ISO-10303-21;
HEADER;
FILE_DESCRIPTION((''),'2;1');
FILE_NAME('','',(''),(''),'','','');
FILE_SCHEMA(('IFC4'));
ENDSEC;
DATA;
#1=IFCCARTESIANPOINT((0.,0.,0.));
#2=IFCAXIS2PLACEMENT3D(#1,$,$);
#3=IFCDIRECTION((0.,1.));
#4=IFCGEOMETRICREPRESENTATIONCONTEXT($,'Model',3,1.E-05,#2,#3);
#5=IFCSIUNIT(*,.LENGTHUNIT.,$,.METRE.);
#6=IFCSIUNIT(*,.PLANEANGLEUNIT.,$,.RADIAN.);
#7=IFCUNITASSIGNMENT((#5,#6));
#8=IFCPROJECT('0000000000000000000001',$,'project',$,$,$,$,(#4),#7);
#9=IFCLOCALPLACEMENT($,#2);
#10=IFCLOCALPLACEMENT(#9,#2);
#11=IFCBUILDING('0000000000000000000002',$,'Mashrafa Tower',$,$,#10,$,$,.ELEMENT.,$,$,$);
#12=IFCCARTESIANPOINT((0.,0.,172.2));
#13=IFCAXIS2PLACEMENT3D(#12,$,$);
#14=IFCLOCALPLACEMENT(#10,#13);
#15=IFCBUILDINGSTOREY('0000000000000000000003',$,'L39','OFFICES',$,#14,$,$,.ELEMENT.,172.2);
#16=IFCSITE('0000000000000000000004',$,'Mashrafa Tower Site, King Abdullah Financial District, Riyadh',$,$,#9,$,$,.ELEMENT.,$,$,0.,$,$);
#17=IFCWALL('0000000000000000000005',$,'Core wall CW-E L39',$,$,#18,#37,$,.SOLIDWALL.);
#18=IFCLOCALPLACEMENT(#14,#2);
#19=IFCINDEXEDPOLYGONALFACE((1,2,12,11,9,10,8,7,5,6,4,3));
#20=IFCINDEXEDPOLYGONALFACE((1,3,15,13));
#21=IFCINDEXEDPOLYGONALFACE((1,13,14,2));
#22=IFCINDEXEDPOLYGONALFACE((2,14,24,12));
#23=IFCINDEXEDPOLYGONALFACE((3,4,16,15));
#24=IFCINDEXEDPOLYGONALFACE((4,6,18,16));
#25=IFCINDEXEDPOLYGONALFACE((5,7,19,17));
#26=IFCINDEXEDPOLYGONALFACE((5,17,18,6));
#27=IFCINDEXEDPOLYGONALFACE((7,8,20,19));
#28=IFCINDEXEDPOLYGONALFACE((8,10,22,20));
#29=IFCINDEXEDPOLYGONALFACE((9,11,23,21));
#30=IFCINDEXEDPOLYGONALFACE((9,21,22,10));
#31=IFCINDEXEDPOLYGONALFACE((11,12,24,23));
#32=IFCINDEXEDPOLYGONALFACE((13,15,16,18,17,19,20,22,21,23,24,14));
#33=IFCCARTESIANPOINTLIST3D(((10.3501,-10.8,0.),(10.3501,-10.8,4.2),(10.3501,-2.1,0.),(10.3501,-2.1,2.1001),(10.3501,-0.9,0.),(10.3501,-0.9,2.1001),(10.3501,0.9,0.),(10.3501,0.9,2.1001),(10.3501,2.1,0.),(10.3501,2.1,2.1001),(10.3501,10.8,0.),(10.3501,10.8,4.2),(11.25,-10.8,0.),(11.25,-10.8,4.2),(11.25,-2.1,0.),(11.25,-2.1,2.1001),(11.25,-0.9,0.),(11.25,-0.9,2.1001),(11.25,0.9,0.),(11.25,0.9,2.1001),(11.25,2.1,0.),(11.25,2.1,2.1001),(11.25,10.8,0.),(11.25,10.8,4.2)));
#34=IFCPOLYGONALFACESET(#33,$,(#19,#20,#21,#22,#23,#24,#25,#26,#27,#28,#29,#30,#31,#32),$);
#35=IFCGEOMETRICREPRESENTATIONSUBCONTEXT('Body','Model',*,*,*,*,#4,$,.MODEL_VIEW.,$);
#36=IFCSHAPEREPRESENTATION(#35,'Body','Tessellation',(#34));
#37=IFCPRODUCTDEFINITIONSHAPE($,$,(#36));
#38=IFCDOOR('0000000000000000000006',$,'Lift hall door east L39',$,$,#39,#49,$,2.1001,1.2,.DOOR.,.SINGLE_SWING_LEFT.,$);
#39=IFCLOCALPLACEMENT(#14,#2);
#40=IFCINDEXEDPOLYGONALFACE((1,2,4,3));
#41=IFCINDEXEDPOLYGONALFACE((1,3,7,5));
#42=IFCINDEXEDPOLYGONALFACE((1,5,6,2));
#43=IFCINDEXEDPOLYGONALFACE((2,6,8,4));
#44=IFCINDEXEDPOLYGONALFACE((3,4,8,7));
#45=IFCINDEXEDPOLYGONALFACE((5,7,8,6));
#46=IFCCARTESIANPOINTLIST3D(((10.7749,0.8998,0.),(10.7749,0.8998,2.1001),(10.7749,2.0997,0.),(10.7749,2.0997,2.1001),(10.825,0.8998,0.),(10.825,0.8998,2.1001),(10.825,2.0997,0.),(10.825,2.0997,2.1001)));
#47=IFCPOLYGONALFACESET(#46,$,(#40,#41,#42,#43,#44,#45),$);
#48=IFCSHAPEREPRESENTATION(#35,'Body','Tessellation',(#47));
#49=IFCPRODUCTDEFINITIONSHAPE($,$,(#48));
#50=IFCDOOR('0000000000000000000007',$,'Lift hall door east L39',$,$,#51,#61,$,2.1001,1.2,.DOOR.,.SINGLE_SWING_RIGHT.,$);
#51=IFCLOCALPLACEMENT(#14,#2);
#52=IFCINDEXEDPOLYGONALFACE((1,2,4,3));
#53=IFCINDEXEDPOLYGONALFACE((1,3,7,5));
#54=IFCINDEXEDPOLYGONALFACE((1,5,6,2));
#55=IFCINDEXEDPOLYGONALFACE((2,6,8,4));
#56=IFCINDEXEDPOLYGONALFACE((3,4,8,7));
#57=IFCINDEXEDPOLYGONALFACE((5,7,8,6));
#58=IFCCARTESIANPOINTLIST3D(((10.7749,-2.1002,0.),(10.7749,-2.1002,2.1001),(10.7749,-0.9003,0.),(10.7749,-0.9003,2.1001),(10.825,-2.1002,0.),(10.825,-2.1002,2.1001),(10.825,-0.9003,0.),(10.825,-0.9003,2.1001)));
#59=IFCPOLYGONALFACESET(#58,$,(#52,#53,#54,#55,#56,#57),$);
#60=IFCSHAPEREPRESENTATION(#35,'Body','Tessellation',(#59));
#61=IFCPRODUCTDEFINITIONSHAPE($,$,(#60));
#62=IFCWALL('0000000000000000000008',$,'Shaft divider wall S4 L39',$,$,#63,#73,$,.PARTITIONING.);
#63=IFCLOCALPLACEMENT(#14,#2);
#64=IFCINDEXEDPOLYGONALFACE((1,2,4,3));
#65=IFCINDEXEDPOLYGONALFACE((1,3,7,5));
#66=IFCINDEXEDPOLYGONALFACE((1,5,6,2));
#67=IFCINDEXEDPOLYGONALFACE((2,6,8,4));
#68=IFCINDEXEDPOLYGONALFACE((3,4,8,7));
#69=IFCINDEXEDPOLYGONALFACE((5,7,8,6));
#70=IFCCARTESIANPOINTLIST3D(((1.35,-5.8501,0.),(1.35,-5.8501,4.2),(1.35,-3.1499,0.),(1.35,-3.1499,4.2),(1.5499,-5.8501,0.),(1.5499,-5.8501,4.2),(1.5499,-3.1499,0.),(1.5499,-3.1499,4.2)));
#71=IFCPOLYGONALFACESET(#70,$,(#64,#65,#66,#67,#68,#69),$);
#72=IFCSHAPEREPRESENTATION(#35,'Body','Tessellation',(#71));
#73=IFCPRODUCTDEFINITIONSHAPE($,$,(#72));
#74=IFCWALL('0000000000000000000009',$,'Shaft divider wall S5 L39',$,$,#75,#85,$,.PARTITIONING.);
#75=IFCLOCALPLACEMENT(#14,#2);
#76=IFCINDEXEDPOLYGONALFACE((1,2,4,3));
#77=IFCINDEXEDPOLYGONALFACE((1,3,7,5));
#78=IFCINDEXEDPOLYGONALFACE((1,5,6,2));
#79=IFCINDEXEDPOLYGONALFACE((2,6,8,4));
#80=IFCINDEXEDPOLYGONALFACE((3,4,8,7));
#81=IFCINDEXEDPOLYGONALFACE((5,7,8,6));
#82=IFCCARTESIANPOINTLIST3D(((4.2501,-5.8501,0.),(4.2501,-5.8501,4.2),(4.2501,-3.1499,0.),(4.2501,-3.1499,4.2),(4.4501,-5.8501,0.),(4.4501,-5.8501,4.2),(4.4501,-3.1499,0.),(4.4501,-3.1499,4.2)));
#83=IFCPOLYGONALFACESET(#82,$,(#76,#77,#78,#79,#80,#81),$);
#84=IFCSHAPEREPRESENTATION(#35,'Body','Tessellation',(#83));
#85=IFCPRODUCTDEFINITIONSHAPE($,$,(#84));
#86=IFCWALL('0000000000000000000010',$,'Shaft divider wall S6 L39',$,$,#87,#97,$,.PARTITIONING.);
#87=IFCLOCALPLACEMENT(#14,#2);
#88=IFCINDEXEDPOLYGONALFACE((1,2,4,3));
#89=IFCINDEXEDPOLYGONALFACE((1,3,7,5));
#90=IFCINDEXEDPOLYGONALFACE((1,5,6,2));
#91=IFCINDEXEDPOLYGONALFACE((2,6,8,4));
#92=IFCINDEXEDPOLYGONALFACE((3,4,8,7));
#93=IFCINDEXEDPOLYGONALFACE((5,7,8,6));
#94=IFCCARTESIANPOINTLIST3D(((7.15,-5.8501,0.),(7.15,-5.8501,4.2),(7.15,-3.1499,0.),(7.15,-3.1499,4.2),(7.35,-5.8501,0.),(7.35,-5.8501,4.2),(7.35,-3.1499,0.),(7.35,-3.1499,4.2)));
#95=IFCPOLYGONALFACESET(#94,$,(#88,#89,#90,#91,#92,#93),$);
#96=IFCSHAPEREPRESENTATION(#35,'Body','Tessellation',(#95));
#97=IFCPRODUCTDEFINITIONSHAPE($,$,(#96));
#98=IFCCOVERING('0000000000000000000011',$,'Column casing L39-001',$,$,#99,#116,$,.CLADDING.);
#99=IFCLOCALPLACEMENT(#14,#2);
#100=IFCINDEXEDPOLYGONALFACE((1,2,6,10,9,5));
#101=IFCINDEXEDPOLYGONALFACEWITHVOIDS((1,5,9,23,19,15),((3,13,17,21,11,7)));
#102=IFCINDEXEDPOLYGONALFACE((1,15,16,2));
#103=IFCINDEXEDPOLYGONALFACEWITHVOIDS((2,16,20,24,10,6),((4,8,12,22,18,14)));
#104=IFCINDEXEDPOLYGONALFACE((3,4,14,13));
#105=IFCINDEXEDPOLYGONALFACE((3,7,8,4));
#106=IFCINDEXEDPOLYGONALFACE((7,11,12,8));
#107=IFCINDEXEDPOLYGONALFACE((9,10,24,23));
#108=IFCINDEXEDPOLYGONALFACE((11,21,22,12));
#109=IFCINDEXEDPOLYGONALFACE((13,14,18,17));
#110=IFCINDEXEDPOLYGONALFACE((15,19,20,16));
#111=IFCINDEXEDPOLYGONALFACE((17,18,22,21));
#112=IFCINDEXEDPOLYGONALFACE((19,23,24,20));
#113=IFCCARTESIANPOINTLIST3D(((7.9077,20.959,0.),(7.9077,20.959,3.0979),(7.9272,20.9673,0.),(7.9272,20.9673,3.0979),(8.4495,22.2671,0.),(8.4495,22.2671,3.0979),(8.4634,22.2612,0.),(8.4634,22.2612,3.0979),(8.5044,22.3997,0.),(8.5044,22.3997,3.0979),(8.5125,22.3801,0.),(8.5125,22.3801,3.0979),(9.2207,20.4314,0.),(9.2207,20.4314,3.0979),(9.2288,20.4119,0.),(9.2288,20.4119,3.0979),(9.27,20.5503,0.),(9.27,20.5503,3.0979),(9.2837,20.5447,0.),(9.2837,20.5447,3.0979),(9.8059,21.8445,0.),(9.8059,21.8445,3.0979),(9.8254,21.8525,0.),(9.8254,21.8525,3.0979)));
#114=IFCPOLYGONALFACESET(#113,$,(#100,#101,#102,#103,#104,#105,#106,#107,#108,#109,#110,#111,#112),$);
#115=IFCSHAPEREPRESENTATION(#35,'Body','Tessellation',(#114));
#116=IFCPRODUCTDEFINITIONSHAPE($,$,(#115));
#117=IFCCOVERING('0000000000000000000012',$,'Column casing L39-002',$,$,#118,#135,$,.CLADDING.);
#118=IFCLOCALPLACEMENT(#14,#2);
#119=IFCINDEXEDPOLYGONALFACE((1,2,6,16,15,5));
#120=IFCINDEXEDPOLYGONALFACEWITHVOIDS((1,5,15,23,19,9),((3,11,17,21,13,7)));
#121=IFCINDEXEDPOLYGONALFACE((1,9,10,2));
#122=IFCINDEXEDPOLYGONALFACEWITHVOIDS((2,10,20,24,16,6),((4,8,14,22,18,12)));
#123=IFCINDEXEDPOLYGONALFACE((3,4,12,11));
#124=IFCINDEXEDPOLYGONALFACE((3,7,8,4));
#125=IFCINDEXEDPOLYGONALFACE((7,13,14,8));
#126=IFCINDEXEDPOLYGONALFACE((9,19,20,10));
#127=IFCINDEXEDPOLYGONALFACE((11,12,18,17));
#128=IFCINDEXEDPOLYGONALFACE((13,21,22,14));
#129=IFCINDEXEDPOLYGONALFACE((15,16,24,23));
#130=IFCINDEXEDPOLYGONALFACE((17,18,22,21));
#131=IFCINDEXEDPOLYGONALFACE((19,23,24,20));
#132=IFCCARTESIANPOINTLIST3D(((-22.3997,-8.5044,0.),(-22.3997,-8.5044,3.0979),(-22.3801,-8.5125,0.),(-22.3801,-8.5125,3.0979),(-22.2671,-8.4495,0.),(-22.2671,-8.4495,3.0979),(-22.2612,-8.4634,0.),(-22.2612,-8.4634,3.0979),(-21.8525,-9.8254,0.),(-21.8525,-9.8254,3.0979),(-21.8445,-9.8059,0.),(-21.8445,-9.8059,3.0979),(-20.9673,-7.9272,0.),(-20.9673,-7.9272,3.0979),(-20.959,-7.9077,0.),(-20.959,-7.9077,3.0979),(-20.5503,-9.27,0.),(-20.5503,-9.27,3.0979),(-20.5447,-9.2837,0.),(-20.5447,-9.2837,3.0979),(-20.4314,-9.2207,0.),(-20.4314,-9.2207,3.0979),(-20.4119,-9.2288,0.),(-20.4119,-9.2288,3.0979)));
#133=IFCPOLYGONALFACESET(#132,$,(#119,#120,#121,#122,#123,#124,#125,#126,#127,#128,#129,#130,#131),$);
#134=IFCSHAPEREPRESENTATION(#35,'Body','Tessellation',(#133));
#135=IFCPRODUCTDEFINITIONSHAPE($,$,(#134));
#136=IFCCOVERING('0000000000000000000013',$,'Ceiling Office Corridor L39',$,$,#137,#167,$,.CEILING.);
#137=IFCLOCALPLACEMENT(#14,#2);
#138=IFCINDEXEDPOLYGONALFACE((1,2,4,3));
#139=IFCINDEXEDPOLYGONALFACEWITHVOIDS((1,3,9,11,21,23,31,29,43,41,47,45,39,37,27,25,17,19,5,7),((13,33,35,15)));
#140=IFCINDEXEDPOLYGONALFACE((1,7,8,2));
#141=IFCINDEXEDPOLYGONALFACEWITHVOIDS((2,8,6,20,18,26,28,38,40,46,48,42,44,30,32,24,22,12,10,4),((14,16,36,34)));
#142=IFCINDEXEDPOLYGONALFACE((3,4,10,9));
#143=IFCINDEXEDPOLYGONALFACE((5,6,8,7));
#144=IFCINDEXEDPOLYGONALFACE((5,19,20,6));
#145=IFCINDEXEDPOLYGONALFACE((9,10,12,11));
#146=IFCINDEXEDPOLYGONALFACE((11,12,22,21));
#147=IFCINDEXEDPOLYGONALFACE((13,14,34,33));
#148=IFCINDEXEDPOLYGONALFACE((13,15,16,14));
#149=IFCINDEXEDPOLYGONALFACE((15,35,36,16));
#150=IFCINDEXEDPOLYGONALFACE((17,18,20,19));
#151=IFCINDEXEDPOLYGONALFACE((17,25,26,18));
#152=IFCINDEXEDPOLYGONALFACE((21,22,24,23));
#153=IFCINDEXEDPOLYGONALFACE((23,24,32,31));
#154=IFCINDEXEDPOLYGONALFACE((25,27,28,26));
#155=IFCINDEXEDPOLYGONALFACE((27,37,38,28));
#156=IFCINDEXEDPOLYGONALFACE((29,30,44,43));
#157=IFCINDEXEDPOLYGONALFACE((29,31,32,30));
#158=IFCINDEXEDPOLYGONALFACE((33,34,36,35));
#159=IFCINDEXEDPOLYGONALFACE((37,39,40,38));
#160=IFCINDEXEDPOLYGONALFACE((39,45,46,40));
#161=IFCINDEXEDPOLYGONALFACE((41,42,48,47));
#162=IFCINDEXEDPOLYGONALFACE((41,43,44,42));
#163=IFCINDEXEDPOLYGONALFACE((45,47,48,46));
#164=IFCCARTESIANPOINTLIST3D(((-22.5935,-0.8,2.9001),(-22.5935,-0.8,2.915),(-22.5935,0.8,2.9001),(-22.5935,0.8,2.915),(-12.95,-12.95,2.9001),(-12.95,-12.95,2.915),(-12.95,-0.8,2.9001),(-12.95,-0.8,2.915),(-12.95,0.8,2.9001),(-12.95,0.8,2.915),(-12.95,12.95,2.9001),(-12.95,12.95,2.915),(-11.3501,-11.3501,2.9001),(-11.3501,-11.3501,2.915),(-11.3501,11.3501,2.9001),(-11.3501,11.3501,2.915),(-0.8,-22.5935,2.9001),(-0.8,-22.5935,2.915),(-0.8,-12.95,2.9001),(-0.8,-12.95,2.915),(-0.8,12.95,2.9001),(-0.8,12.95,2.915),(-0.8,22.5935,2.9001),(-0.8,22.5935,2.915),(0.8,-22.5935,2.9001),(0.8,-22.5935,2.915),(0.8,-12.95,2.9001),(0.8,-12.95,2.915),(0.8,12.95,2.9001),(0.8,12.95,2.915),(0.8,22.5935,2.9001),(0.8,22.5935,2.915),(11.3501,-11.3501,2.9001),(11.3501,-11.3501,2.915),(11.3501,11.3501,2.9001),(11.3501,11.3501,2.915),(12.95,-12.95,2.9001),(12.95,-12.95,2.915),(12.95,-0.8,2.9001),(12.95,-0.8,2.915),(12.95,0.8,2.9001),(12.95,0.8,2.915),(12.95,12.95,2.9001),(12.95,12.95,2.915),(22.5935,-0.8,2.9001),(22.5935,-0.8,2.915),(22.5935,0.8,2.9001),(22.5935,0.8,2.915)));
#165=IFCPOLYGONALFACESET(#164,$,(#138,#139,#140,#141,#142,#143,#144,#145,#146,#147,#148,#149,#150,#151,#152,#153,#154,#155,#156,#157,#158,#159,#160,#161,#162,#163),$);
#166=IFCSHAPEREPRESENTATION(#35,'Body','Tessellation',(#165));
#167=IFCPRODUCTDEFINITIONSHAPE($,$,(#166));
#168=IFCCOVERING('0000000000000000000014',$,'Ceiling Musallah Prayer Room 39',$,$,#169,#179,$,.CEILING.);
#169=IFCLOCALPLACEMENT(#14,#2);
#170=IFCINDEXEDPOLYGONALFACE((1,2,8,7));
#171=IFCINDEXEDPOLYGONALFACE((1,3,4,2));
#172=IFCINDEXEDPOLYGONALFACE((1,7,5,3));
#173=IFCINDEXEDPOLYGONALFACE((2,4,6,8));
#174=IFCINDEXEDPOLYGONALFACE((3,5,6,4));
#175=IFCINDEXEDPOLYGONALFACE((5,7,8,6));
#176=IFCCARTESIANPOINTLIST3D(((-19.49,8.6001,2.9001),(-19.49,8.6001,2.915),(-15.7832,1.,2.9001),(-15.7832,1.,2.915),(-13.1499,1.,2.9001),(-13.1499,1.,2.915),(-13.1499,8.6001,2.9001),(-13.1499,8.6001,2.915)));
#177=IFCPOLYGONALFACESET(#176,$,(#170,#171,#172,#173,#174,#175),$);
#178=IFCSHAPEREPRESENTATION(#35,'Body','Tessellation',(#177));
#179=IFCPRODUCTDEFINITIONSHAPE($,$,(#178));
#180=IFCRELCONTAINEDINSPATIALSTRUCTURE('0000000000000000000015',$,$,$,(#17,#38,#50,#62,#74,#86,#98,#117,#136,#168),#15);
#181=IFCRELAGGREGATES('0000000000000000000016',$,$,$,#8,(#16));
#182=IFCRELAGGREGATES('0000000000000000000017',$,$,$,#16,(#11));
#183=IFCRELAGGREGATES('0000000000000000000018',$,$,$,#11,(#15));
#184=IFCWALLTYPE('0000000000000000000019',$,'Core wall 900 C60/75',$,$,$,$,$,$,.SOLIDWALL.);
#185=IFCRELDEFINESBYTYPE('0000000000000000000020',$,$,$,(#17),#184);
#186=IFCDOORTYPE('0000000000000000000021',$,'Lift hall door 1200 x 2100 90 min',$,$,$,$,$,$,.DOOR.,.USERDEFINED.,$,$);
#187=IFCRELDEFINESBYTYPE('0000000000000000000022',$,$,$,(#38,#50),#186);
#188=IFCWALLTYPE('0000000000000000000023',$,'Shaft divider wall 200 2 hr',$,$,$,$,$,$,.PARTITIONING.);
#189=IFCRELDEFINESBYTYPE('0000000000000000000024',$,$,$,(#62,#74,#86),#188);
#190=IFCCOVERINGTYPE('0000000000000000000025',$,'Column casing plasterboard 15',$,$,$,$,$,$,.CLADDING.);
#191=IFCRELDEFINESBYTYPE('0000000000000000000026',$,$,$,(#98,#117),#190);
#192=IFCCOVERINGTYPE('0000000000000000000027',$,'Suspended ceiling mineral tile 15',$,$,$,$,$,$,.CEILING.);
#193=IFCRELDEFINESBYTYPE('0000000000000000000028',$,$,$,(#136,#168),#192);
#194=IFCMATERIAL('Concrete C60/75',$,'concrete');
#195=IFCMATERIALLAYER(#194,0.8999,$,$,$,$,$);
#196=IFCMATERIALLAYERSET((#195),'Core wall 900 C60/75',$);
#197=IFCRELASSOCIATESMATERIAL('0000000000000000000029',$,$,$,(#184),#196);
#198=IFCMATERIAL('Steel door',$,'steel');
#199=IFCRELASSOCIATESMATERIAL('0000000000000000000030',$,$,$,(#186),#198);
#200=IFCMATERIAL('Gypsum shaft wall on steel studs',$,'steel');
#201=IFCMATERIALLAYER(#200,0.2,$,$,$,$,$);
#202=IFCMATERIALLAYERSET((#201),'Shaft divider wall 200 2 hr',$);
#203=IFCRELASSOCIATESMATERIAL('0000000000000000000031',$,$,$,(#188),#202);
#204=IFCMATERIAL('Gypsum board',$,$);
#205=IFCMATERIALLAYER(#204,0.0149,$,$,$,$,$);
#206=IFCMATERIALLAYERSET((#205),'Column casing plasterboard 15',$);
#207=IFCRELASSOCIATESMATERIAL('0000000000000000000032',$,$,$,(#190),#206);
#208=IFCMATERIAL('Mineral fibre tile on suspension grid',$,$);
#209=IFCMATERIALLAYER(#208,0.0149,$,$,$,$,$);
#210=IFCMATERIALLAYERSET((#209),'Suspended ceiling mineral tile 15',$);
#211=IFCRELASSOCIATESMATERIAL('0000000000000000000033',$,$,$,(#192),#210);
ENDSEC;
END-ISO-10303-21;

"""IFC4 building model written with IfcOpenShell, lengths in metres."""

from ifc_helpers import new_model, si_unit, direction, frame, frame_2d, origin, place, context, subcontext, project, spatial, polyline, rectangle, outline, extrude, material, layer, layer_set, type_object, element, fill, save


model = new_model("IFC4")

# Units and contexts
model_context = context("Model", 3, precision=1e-05, world=origin(), true_north=direction((0.0, 1.0)))
body_context = subcontext(model_context, "Body", "Model", "MODEL_VIEW")
ifc_project = project(units=[si_unit("LENGTHUNIT", "METRE"), si_unit("PLANEANGLEUNIT", "RADIAN")], contexts=[model_context])

# Site, building, storey
site_placement = place(None, origin())
site = spatial("IfcSite", under=ifc_project, at=site_placement, Name="Mashrafa Tower Site, King Abdullah Financial District, Riyadh", CompositionType="ELEMENT", RefElevation=0.0)
building_placement = place(site_placement, origin())
building = spatial("IfcBuilding", under=site, at=building_placement, Name="Mashrafa Tower", CompositionType="ELEMENT")
storey_placement = place(building_placement, frame((0.0, 0.0, 172.2)))
storey = spatial("IfcBuildingStorey", under=building, at=storey_placement, Name="L39", Description="OFFICES", CompositionType="ELEMENT", Elevation=172.2)

# Wall, openings, doors
ifc_material_1 = material(Name="Concrete C60/75", Category="concrete")
ifc_layer_1 = layer(ifc_material_1, 0.8999)
ifc_layer_set_1 = layer_set([ifc_layer_1], Name="Core wall 900 C60/75")
wall_type_1 = type_object("IfcWallType", Name="Core wall 900 C60/75", PredefinedType="SOLIDWALL", material=ifc_layer_set_1)
wall_1_placement = place(storey_placement, frame((10.8, -10.8, 0.0), z_axis=(0.0, 0.0, 1.0), x_axis=(0.0, 1.0, 0.0)))
wall_1 = element("IfcWall", 1, at=wall_1_placement, inside=storey, type_object=wall_type_1, Name="Core wall CW-E L39", PredefinedType="SOLIDWALL", context=body_context, shape_type="SweptSolid", body=[
    extrude(rectangle(XDim=21.6001, YDim=0.8999, at=frame_2d((10.8, 0.0))), origin(), (0.0, 0.0, 1.0), 4.2),
])
opening_1_placement = place(wall_1_placement, frame((11.7, 0.0, 0.0)))
opening_1 = element("IfcOpeningElement", 2, at=opening_1_placement, cuts=wall_1, PredefinedType="OPENING", context=body_context, shape_type="SweptSolid", body=[
    extrude(rectangle(XDim=1.2, YDim=2.1001, at=frame_2d((0.6001, 1.05))), frame((0.0, 0.46, 0.0), z_axis=(0.0, -1.0, 0.0), x_axis=(1.0, 0.0, 0.0)), (0.0, 0.0, 1.0), 0.9199),
])
opening_2_placement = place(wall_1_placement, frame((8.7, 0.0, 0.0)))
opening_2 = element("IfcOpeningElement", 3, at=opening_2_placement, cuts=wall_1, PredefinedType="OPENING", context=body_context, shape_type="SweptSolid", body=[
    extrude(rectangle(XDim=1.2, YDim=2.1001, at=frame_2d((0.6001, 1.05))), frame((0.0, 0.46, 0.0), z_axis=(0.0, -1.0, 0.0), x_axis=(1.0, 0.0, 0.0)), (0.0, 0.0, 1.0), 0.9199),
])
ifc_material_2 = material(Name="Steel door", Category="steel")
door_type_1 = type_object("IfcDoorType", Name="Lift hall door 1200 x 2100 90 min", OperationType="USERDEFINED", PredefinedType="DOOR", material=ifc_material_2)
door_1_placement = place(opening_1_placement, frame((1.2, 0.0, 0.0), z_axis=(0.0, 0.0, 1.0), x_axis=(-1.0, 0.0, 0.0)))
door_1 = element("IfcDoor", 4, at=door_1_placement, inside=storey, type_object=door_type_1, Name="Lift hall door east L39", OperationType="SINGLE_SWING_LEFT", OverallHeight=2.1001, OverallWidth=1.2, PredefinedType="DOOR", context=body_context, shape_type="SweptSolid", body=[
    extrude(rectangle(XDim=1.2, YDim=2.1001, at=frame_2d((0.6001, 1.05))), frame((0.0, 0.0249, 0.0), z_axis=(0.0, -1.0, 0.0), x_axis=(1.0, 0.0, 0.0)), (0.0, 0.0, 1.0), 0.05),
])
fill(opening_1, door_1)
door_2_placement = place(opening_2_placement, frame((1.2, 0.0, 0.0), z_axis=(0.0, 0.0, 1.0), x_axis=(-1.0, 0.0, 0.0)))
door_2 = element("IfcDoor", 5, at=door_2_placement, inside=storey, type_object=door_type_1, Name="Lift hall door east L39", OperationType="SINGLE_SWING_RIGHT", OverallHeight=2.1001, OverallWidth=1.2, PredefinedType="DOOR", context=body_context, shape_type="SweptSolid", body=[
    extrude(rectangle(XDim=1.2, YDim=2.1001, at=frame_2d((0.6001, 1.05))), frame((0.0, 0.0249, 0.0), z_axis=(0.0, -1.0, 0.0), x_axis=(1.0, 0.0, 0.0)), (0.0, 0.0, 1.0), 0.05),
])
fill(opening_2, door_2)

# Walls
ifc_material_3 = material(Name="Gypsum shaft wall on steel studs", Category="steel")
ifc_layer_2 = layer(ifc_material_3, 0.2)
ifc_layer_set_2 = layer_set([ifc_layer_2], Name="Shaft divider wall 200 2 hr")
wall_type_2 = type_object("IfcWallType", Name="Shaft divider wall 200 2 hr", PredefinedType="PARTITIONING", material=ifc_layer_set_2)
for number, where, z_axis, x_axis, name in (
    (6, (1.45, -5.8501, 0.0), (0.0, 0.0, 1.0), (0.0, 1.0, 0.0), "Shaft divider wall S4 L39"),
    (7, (4.3501, -5.8501, 0.0), (0.0, 0.0, 1.0), (0.0, 1.0, 0.0), "Shaft divider wall S5 L39"),
    (8, (7.25, -5.8501, 0.0), (0.0, 0.0, 1.0), (0.0, 1.0, 0.0), "Shaft divider wall S6 L39"),
):
    element("IfcWall", number, at=place(storey_placement, frame(where, z_axis=z_axis, x_axis=x_axis)), inside=storey, type_object=wall_type_2, Name=name, PredefinedType="PARTITIONING", context=body_context, shape_type="SweptSolid", body=[
        extrude(rectangle(XDim=2.7002, YDim=0.2, at=frame_2d((1.3501, 0.0))), origin(), (0.0, 0.0, 1.0), 4.2),
    ])

# Coverings
ifc_material_4 = material(Name="Gypsum board")
ifc_layer_3 = layer(ifc_material_4, 0.0149)
ifc_layer_set_3 = layer_set([ifc_layer_3], Name="Column casing plasterboard 15")
covering_type_1 = type_object("IfcCoveringType", Name="Column casing plasterboard 15", PredefinedType="CLADDING", material=ifc_layer_set_3)
covering_1_placement = place(storey_placement, origin())
element("IfcCovering", 9, at=covering_1_placement, inside=storey, type_object=covering_type_1, Name="Column casing L39-001", PredefinedType="CLADDING", context=body_context, shape_type="SweptSolid", body=[
    extrude(outline(polyline([(7.9077, 20.959), (8.4495, 22.2671), (8.5044, 22.3997), (9.8254, 21.8525), (9.2837, 20.5447), (9.2288, 20.4119), (7.9077, 20.959)]), holes=[polyline([(9.27, 20.5503), (9.8059, 21.8445), (8.5125, 22.3801), (8.4634, 22.2612), (7.9272, 20.9673), (9.2207, 20.4314), (9.27, 20.5503)])]), origin(), (0.0, 0.0, 1.0), 3.0979),
])
covering_2_placement = place(storey_placement, origin())
element("IfcCovering", 10, at=covering_2_placement, inside=storey, type_object=covering_type_1, Name="Column casing L39-002", PredefinedType="CLADDING", context=body_context, shape_type="SweptSolid", body=[
    extrude(outline(polyline([(-22.3997, -8.5044), (-22.2671, -8.4495), (-20.959, -7.9077), (-20.4119, -9.2288), (-20.5447, -9.2837), (-21.8525, -9.8254), (-22.3997, -8.5044)]), holes=[polyline([(-20.5503, -9.27), (-20.4314, -9.2207), (-20.9673, -7.9272), (-22.2612, -8.4634), (-22.3801, -8.5125), (-21.8445, -9.8059), (-20.5503, -9.27)])]), origin(), (0.0, 0.0, 1.0), 3.0979),
])
ifc_material_5 = material(Name="Mineral fibre tile on suspension grid")
ifc_layer_4 = layer(ifc_material_5, 0.0149)
ifc_layer_set_4 = layer_set([ifc_layer_4], Name="Suspended ceiling mineral tile 15")
covering_type_2 = type_object("IfcCoveringType", Name="Suspended ceiling mineral tile 15", PredefinedType="CEILING", material=ifc_layer_set_4)
covering_3_placement = place(storey_placement, frame((0.0, 0.0, 2.9001)))
element("IfcCovering", 11, at=covering_3_placement, inside=storey, type_object=covering_type_2, Name="Ceiling Office Corridor L39", PredefinedType="CEILING", context=body_context, shape_type="SweptSolid", body=[
    extrude(outline(polyline([(-12.95, -12.95), (-12.95, -0.8), (-22.5935, -0.8), (-22.5935, 0.8), (-12.95, 0.8), (-12.95, 12.95), (-0.8, 12.95), (-0.8, 22.5935), (0.8, 22.5935), (0.8, 12.95), (12.95, 12.95), (12.95, 0.8), (22.5935, 0.8), (22.5935, -0.8), (12.95, -0.8), (12.95, -12.95), (0.8, -12.95), (0.8, -22.5935), (-0.8, -22.5935), (-0.8, -12.95), (-12.95, -12.95)]), holes=[polyline([(11.3501, 11.3501), (-11.3501, 11.3501), (-11.3501, -11.3501), (11.3501, -11.3501), (11.3501, 11.3501)])]), origin(), (0.0, 0.0, 1.0), 0.0149),
])
covering_4_placement = place(storey_placement, frame((0.0, 0.0, 2.9001)))
element("IfcCovering", 12, at=covering_4_placement, inside=storey, type_object=covering_type_2, Name="Ceiling Musallah Prayer Room 39", PredefinedType="CEILING", context=body_context, shape_type="SweptSolid", body=[
    extrude(outline(polyline([(-15.7832, 1.0), (-19.49, 8.6001), (-13.1499, 8.6001), (-13.1499, 1.0), (-15.7832, 1.0)])), origin(), (0.0, 0.0, 1.0), 0.0149),
])

save(model, "model.ifc")
